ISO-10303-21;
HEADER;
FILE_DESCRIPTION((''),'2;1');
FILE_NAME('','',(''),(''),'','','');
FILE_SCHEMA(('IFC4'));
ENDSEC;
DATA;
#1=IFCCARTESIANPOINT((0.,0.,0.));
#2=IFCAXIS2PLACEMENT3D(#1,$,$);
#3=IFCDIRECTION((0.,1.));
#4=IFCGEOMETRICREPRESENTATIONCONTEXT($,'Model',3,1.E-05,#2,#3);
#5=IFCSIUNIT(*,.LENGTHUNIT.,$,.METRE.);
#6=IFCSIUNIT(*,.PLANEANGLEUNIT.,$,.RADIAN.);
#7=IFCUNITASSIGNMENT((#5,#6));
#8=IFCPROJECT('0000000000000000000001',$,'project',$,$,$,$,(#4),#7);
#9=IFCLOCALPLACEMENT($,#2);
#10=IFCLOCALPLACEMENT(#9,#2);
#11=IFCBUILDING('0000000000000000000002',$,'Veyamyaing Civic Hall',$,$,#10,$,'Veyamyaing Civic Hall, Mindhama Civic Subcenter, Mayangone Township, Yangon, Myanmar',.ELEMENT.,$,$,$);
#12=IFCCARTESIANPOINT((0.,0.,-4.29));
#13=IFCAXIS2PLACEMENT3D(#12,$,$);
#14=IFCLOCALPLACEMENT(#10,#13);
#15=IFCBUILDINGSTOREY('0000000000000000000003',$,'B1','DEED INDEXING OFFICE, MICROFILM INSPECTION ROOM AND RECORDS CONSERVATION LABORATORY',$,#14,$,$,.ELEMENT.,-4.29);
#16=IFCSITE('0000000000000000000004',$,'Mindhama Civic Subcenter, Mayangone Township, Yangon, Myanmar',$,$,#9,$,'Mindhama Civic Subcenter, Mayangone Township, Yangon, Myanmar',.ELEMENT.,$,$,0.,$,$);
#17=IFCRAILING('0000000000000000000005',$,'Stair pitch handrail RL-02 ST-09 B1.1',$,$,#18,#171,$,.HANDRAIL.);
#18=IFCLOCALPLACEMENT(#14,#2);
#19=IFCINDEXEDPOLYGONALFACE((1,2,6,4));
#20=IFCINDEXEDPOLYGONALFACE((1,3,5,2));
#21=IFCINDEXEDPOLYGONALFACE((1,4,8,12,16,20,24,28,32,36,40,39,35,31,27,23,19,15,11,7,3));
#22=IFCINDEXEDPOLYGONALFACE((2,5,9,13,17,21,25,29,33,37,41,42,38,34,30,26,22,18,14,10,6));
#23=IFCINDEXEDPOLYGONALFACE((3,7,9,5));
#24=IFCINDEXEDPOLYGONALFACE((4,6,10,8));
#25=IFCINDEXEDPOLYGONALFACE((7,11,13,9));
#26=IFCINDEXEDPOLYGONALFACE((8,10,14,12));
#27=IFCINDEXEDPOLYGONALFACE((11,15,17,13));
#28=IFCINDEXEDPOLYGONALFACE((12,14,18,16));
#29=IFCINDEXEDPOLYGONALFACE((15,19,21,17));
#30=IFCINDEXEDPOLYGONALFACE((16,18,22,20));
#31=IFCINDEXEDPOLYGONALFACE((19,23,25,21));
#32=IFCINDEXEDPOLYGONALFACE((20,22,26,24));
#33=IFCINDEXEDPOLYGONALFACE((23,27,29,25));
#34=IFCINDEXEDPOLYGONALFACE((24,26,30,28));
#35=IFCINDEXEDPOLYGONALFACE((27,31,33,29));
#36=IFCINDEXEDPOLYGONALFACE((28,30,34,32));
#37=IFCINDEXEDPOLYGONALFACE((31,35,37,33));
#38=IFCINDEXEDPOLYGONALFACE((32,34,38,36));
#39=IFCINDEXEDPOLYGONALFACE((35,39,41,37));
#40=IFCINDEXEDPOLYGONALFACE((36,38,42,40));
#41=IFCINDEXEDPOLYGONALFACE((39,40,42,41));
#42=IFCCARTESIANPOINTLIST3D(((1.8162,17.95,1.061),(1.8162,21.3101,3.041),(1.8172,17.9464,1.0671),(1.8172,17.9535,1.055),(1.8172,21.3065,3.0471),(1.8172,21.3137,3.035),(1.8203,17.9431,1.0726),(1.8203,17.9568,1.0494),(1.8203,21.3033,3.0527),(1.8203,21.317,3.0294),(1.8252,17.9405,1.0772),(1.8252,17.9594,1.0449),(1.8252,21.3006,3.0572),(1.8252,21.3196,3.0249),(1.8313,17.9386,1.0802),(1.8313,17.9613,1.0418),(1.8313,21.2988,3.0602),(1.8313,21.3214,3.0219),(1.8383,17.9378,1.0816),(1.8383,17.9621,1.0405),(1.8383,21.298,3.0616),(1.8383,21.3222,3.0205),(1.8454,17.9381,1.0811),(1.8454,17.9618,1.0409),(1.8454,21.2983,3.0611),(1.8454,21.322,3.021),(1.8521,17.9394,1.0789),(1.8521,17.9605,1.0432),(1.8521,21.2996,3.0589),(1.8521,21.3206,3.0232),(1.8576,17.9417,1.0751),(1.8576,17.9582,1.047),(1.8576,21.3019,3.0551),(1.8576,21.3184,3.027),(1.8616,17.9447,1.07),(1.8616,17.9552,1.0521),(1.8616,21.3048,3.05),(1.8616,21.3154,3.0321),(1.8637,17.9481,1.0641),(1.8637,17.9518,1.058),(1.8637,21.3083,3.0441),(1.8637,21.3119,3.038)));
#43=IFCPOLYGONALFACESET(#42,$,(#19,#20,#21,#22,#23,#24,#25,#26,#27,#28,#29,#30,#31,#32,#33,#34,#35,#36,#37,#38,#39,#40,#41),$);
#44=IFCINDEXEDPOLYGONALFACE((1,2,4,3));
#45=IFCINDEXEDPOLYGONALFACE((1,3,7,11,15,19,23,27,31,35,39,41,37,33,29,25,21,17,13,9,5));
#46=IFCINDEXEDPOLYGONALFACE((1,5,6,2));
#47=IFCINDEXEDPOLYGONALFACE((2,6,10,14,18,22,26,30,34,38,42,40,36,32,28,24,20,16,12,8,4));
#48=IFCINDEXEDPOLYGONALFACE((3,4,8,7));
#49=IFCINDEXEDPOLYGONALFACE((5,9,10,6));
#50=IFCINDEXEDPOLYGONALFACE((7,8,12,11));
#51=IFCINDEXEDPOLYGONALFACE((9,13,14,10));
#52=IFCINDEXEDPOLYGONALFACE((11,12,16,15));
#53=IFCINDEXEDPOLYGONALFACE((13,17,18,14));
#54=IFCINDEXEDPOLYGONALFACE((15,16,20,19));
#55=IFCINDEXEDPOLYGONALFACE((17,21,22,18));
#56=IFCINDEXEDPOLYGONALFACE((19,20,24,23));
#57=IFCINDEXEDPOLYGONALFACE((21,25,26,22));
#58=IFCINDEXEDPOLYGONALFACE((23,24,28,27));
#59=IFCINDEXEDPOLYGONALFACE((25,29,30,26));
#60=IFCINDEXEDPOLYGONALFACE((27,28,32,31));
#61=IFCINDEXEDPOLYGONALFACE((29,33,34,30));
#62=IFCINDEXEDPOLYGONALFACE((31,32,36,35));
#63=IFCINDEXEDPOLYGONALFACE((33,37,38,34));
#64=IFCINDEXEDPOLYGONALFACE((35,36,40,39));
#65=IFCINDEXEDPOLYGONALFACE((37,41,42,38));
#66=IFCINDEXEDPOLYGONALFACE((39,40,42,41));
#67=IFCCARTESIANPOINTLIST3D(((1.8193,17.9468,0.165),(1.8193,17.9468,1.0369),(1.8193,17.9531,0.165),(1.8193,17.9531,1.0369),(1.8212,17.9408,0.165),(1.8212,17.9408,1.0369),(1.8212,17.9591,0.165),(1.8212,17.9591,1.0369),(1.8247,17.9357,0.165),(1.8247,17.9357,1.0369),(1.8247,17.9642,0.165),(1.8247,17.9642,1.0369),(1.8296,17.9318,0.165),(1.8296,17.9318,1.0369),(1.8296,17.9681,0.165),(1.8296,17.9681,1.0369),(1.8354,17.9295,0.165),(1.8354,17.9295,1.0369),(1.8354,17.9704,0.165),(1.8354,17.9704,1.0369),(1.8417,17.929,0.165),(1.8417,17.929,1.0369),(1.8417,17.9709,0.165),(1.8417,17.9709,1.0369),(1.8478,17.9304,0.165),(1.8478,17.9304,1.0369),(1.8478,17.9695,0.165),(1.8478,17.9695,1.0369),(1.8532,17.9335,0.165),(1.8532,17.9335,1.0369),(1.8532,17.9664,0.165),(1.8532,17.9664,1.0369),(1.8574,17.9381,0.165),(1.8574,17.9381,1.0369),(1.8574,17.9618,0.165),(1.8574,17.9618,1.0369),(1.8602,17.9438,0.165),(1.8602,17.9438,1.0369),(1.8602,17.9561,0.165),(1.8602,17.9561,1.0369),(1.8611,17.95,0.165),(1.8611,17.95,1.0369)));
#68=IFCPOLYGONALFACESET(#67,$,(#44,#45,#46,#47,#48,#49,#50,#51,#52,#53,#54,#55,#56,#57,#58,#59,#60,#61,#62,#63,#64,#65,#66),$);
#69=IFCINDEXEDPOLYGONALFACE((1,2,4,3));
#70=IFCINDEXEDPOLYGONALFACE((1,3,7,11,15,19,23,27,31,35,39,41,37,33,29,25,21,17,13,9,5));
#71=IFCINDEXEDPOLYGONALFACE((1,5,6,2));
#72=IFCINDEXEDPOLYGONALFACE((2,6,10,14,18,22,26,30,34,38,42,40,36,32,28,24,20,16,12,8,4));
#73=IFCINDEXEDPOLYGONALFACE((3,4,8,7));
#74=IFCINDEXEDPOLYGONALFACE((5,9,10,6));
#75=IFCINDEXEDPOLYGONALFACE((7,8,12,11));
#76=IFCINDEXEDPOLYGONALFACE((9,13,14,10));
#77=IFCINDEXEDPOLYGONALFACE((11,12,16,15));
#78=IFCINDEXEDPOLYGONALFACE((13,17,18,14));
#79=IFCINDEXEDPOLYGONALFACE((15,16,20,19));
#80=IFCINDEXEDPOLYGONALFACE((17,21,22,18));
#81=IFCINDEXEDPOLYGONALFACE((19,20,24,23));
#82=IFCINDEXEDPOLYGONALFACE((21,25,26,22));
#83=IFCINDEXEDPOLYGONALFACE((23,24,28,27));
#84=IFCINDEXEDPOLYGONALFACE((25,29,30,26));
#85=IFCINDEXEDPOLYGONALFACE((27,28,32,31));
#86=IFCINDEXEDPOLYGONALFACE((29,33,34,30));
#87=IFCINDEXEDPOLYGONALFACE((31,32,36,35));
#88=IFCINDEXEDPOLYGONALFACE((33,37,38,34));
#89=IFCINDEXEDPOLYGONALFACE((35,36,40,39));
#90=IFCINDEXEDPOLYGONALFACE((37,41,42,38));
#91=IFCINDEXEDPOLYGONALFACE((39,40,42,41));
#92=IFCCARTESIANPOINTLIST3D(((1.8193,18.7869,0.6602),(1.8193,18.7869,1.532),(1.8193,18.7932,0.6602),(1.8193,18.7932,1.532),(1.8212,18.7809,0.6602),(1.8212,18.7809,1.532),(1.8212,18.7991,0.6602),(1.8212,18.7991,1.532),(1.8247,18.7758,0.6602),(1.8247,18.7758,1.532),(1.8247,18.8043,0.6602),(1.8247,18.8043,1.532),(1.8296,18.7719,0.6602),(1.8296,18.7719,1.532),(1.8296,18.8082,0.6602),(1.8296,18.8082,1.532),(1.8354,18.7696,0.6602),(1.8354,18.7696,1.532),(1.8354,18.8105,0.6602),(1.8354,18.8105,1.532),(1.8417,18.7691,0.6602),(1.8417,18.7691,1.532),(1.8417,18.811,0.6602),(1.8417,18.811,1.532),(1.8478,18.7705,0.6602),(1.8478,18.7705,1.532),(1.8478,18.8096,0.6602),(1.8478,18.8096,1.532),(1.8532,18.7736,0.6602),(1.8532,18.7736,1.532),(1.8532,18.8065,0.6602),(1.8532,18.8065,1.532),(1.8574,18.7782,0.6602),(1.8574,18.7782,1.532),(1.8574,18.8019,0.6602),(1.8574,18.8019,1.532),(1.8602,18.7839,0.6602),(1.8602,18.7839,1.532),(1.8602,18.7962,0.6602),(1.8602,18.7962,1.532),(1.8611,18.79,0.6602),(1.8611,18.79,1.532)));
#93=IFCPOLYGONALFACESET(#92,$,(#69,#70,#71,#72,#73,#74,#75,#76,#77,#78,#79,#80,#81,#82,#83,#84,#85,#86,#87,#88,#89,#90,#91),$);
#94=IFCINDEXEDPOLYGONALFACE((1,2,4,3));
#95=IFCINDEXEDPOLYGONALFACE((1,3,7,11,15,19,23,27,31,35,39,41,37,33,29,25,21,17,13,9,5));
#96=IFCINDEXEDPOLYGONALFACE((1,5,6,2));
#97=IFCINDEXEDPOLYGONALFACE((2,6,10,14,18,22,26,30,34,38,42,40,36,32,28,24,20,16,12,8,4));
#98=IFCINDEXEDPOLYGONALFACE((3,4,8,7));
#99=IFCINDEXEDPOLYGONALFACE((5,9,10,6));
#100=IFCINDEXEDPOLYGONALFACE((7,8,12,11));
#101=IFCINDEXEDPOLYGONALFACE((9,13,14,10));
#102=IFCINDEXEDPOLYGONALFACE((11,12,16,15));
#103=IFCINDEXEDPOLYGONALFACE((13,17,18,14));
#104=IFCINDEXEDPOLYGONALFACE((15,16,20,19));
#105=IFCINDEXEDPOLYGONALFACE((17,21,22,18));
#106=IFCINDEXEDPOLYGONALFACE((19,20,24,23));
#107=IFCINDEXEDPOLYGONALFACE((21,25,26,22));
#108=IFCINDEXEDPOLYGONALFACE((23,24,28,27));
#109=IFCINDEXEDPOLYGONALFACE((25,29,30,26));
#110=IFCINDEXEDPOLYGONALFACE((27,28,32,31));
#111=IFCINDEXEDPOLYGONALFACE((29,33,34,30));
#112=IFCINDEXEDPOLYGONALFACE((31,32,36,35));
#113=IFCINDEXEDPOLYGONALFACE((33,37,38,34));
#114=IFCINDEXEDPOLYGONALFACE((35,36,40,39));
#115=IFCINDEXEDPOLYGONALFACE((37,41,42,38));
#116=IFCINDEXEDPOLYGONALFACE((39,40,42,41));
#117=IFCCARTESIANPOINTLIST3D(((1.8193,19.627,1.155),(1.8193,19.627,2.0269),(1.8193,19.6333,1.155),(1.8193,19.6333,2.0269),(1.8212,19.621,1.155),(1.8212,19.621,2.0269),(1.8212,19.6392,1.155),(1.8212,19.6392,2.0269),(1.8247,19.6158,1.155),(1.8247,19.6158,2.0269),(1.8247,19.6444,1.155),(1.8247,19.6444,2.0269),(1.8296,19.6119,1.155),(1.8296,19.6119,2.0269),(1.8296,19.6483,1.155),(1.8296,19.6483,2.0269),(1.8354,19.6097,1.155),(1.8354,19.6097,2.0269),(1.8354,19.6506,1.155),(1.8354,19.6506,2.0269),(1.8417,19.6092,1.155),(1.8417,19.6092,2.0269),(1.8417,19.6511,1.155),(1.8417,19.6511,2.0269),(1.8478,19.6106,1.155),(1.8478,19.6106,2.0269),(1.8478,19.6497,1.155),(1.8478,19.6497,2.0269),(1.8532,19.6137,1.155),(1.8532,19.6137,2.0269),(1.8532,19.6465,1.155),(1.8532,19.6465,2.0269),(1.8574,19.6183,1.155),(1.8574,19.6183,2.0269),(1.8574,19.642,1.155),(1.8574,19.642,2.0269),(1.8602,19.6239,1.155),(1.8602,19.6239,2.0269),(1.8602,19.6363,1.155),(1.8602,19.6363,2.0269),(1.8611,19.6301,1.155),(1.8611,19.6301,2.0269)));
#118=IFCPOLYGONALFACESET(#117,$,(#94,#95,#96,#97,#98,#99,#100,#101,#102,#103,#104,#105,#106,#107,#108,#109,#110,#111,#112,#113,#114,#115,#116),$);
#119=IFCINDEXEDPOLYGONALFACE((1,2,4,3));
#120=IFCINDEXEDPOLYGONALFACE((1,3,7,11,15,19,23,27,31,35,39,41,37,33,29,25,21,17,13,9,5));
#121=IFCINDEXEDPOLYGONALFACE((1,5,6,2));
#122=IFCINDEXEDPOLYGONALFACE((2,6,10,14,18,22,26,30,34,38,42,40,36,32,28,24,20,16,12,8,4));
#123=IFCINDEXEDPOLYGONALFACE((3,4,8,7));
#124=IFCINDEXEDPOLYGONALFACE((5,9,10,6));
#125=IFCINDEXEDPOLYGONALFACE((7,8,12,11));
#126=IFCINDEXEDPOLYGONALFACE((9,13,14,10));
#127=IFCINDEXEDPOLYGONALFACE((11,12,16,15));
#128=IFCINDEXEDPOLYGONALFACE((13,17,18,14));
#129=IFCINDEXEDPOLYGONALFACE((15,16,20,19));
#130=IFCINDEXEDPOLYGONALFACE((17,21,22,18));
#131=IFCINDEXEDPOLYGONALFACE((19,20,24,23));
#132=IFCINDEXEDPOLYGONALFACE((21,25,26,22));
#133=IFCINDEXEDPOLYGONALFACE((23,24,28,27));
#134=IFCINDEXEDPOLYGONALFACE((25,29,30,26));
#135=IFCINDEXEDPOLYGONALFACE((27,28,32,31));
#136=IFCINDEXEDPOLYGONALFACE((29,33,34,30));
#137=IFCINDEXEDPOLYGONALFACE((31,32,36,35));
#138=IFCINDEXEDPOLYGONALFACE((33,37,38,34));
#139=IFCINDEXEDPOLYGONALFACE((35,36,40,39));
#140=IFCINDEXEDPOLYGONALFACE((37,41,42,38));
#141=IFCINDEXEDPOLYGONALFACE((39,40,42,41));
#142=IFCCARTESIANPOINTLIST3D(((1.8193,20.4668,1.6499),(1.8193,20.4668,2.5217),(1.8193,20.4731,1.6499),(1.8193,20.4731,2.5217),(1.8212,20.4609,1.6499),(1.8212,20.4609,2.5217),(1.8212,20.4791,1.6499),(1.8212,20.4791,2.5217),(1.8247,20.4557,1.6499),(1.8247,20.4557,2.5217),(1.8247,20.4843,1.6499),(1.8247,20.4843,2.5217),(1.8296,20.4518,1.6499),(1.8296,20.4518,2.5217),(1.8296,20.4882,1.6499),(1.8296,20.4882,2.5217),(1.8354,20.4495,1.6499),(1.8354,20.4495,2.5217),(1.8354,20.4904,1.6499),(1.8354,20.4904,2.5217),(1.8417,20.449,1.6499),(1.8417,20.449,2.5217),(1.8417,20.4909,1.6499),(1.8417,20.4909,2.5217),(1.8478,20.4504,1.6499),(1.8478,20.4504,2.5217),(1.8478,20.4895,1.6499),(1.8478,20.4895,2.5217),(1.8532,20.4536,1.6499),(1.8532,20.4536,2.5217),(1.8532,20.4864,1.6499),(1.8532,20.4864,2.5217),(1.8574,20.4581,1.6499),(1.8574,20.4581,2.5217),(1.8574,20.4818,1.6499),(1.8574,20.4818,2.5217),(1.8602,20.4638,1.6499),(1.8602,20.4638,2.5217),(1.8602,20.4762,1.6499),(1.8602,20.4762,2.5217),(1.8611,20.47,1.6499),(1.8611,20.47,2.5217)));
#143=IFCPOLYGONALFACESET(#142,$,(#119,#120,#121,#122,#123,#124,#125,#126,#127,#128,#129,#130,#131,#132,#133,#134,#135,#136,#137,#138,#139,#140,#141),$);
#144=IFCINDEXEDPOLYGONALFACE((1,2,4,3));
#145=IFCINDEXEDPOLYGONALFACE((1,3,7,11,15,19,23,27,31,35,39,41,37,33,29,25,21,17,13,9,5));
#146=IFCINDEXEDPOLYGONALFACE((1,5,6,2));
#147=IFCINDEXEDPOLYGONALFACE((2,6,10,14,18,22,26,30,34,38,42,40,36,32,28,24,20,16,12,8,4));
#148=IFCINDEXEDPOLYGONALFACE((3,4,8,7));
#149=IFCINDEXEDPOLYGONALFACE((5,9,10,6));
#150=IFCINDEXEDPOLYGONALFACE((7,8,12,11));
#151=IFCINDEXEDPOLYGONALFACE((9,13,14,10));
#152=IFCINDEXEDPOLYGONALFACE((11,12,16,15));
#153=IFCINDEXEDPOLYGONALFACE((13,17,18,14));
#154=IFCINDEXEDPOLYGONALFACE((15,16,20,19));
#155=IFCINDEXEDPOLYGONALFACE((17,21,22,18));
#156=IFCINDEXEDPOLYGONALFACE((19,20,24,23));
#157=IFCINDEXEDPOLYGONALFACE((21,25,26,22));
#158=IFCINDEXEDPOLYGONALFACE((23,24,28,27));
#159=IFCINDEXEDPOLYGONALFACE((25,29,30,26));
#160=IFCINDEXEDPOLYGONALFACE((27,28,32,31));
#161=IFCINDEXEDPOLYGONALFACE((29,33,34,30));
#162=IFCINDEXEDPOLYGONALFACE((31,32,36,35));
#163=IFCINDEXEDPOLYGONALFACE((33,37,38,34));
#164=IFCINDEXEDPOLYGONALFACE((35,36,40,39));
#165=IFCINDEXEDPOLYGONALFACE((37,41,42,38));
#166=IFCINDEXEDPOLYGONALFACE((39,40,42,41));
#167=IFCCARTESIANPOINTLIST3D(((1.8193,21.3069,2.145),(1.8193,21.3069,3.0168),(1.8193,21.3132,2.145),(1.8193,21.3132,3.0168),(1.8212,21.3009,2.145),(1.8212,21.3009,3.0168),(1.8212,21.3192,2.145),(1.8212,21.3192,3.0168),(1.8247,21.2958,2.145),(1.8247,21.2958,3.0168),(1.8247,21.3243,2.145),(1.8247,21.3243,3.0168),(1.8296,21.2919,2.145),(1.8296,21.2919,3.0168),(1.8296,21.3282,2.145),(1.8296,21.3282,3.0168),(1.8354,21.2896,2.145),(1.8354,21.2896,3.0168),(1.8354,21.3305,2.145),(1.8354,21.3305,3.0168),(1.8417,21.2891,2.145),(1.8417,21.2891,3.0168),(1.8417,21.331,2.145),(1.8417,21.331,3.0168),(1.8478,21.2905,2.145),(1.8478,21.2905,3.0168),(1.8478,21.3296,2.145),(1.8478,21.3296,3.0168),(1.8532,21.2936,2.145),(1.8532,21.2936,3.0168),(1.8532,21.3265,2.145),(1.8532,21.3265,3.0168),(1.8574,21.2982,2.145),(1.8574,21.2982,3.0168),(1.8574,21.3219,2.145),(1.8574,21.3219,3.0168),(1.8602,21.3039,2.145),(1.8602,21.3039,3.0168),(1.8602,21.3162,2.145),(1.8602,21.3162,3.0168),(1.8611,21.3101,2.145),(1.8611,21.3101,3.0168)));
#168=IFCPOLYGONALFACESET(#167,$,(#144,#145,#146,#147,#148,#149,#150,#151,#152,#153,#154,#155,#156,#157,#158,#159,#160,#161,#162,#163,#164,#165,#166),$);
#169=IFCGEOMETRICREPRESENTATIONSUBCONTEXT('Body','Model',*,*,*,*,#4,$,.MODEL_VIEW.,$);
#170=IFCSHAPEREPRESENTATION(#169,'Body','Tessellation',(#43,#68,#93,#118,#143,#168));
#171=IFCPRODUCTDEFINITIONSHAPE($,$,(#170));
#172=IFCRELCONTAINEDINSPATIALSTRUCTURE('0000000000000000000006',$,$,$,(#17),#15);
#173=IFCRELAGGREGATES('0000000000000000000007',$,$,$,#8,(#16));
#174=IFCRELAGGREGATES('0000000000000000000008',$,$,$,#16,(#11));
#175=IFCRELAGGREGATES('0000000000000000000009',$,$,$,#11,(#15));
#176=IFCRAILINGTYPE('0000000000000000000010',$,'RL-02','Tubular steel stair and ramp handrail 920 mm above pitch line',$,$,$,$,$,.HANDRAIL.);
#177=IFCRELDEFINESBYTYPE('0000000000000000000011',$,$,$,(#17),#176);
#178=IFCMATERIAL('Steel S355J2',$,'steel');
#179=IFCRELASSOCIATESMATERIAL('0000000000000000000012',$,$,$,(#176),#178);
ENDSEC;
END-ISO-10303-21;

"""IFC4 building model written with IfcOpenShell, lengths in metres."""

from ifc_helpers import new_model, si_unit, direction, frame, origin, origin_2d, place, context, subcontext, project, spatial, circle, extrude, material, type_object, element, save


model = new_model("IFC4")

# Units and contexts
model_context = context("Model", 3, precision=1e-05, world=origin(), true_north=direction((0.0, 1.0)))
body_context = subcontext(model_context, "Body", "Model", "MODEL_VIEW")
ifc_project = project(units=[si_unit("LENGTHUNIT", "METRE"), si_unit("PLANEANGLEUNIT", "RADIAN")], contexts=[model_context])

# Site, building, storey
site_placement = place(None, origin())
site = spatial("IfcSite", under=ifc_project, at=site_placement, Name="Mindhama Civic Subcenter, Mayangone Township, Yangon, Myanmar", LongName="Mindhama Civic Subcenter, Mayangone Township, Yangon, Myanmar", CompositionType="ELEMENT", RefElevation=0.0)
building_placement = place(site_placement, origin())
building = spatial("IfcBuilding", under=site, at=building_placement, Name="Veyamyaing Civic Hall", LongName="Veyamyaing Civic Hall, Mindhama Civic Subcenter, Mayangone Township, Yangon, Myanmar", CompositionType="ELEMENT")
storey_placement = place(building_placement, frame((0.0, 0.0, -4.29)))
storey = spatial("IfcBuildingStorey", under=building, at=storey_placement, Name="B1", Description="DEED INDEXING OFFICE, MICROFILM INSPECTION ROOM AND RECORDS CONSERVATION LABORATORY", CompositionType="ELEMENT", Elevation=-4.29)

# Railing
ifc_material_1 = material(Name="Steel S355J2", Category="steel")
railing_type_1 = type_object("IfcRailingType", Name="RL-02", Description="Tubular steel stair and ramp handrail 920 mm above pitch line", PredefinedType="HANDRAIL", material=ifc_material_1)
railing_1_placement = place(storey_placement, frame((1.8401, 17.95, 0.165)))
element("IfcRailing", 1, at=railing_1_placement, inside=storey, type_object=railing_type_1, Name="Stair pitch handrail RL-02 ST-09 B1.1", PredefinedType="HANDRAIL", context=body_context, shape_type="SweptSolid", body=[
    extrude(circle(Radius=0.0239, at=origin_2d()), frame((0.0, 0.0, 0.896), z_axis=(0.0, 0.861548, 0.507677), x_axis=(-1.0, 0.0, 0.0)), (0.0, 0.0, 1.0), 3.9001),
    extrude(circle(Radius=0.021, at=origin_2d()), origin(), (0.0, 0.0, 1.0), 0.8718),
    extrude(circle(Radius=0.021, at=origin_2d()), frame((0.0, 0.8401, 0.4951)), (0.0, 0.0, 1.0), 0.8718),
    extrude(circle(Radius=0.021, at=origin_2d()), frame((0.0, 1.6802, 0.99)), (0.0, 0.0, 1.0), 0.8718),
    extrude(circle(Radius=0.021, at=origin_2d()), frame((0.0, 2.52, 1.4849)), (0.0, 0.0, 1.0), 0.8718),
    extrude(circle(Radius=0.021, at=origin_2d()), frame((0.0, 3.3601, 1.98)), (0.0, 0.0, 1.0), 0.8718),
])

save(model, "model.ifc")
